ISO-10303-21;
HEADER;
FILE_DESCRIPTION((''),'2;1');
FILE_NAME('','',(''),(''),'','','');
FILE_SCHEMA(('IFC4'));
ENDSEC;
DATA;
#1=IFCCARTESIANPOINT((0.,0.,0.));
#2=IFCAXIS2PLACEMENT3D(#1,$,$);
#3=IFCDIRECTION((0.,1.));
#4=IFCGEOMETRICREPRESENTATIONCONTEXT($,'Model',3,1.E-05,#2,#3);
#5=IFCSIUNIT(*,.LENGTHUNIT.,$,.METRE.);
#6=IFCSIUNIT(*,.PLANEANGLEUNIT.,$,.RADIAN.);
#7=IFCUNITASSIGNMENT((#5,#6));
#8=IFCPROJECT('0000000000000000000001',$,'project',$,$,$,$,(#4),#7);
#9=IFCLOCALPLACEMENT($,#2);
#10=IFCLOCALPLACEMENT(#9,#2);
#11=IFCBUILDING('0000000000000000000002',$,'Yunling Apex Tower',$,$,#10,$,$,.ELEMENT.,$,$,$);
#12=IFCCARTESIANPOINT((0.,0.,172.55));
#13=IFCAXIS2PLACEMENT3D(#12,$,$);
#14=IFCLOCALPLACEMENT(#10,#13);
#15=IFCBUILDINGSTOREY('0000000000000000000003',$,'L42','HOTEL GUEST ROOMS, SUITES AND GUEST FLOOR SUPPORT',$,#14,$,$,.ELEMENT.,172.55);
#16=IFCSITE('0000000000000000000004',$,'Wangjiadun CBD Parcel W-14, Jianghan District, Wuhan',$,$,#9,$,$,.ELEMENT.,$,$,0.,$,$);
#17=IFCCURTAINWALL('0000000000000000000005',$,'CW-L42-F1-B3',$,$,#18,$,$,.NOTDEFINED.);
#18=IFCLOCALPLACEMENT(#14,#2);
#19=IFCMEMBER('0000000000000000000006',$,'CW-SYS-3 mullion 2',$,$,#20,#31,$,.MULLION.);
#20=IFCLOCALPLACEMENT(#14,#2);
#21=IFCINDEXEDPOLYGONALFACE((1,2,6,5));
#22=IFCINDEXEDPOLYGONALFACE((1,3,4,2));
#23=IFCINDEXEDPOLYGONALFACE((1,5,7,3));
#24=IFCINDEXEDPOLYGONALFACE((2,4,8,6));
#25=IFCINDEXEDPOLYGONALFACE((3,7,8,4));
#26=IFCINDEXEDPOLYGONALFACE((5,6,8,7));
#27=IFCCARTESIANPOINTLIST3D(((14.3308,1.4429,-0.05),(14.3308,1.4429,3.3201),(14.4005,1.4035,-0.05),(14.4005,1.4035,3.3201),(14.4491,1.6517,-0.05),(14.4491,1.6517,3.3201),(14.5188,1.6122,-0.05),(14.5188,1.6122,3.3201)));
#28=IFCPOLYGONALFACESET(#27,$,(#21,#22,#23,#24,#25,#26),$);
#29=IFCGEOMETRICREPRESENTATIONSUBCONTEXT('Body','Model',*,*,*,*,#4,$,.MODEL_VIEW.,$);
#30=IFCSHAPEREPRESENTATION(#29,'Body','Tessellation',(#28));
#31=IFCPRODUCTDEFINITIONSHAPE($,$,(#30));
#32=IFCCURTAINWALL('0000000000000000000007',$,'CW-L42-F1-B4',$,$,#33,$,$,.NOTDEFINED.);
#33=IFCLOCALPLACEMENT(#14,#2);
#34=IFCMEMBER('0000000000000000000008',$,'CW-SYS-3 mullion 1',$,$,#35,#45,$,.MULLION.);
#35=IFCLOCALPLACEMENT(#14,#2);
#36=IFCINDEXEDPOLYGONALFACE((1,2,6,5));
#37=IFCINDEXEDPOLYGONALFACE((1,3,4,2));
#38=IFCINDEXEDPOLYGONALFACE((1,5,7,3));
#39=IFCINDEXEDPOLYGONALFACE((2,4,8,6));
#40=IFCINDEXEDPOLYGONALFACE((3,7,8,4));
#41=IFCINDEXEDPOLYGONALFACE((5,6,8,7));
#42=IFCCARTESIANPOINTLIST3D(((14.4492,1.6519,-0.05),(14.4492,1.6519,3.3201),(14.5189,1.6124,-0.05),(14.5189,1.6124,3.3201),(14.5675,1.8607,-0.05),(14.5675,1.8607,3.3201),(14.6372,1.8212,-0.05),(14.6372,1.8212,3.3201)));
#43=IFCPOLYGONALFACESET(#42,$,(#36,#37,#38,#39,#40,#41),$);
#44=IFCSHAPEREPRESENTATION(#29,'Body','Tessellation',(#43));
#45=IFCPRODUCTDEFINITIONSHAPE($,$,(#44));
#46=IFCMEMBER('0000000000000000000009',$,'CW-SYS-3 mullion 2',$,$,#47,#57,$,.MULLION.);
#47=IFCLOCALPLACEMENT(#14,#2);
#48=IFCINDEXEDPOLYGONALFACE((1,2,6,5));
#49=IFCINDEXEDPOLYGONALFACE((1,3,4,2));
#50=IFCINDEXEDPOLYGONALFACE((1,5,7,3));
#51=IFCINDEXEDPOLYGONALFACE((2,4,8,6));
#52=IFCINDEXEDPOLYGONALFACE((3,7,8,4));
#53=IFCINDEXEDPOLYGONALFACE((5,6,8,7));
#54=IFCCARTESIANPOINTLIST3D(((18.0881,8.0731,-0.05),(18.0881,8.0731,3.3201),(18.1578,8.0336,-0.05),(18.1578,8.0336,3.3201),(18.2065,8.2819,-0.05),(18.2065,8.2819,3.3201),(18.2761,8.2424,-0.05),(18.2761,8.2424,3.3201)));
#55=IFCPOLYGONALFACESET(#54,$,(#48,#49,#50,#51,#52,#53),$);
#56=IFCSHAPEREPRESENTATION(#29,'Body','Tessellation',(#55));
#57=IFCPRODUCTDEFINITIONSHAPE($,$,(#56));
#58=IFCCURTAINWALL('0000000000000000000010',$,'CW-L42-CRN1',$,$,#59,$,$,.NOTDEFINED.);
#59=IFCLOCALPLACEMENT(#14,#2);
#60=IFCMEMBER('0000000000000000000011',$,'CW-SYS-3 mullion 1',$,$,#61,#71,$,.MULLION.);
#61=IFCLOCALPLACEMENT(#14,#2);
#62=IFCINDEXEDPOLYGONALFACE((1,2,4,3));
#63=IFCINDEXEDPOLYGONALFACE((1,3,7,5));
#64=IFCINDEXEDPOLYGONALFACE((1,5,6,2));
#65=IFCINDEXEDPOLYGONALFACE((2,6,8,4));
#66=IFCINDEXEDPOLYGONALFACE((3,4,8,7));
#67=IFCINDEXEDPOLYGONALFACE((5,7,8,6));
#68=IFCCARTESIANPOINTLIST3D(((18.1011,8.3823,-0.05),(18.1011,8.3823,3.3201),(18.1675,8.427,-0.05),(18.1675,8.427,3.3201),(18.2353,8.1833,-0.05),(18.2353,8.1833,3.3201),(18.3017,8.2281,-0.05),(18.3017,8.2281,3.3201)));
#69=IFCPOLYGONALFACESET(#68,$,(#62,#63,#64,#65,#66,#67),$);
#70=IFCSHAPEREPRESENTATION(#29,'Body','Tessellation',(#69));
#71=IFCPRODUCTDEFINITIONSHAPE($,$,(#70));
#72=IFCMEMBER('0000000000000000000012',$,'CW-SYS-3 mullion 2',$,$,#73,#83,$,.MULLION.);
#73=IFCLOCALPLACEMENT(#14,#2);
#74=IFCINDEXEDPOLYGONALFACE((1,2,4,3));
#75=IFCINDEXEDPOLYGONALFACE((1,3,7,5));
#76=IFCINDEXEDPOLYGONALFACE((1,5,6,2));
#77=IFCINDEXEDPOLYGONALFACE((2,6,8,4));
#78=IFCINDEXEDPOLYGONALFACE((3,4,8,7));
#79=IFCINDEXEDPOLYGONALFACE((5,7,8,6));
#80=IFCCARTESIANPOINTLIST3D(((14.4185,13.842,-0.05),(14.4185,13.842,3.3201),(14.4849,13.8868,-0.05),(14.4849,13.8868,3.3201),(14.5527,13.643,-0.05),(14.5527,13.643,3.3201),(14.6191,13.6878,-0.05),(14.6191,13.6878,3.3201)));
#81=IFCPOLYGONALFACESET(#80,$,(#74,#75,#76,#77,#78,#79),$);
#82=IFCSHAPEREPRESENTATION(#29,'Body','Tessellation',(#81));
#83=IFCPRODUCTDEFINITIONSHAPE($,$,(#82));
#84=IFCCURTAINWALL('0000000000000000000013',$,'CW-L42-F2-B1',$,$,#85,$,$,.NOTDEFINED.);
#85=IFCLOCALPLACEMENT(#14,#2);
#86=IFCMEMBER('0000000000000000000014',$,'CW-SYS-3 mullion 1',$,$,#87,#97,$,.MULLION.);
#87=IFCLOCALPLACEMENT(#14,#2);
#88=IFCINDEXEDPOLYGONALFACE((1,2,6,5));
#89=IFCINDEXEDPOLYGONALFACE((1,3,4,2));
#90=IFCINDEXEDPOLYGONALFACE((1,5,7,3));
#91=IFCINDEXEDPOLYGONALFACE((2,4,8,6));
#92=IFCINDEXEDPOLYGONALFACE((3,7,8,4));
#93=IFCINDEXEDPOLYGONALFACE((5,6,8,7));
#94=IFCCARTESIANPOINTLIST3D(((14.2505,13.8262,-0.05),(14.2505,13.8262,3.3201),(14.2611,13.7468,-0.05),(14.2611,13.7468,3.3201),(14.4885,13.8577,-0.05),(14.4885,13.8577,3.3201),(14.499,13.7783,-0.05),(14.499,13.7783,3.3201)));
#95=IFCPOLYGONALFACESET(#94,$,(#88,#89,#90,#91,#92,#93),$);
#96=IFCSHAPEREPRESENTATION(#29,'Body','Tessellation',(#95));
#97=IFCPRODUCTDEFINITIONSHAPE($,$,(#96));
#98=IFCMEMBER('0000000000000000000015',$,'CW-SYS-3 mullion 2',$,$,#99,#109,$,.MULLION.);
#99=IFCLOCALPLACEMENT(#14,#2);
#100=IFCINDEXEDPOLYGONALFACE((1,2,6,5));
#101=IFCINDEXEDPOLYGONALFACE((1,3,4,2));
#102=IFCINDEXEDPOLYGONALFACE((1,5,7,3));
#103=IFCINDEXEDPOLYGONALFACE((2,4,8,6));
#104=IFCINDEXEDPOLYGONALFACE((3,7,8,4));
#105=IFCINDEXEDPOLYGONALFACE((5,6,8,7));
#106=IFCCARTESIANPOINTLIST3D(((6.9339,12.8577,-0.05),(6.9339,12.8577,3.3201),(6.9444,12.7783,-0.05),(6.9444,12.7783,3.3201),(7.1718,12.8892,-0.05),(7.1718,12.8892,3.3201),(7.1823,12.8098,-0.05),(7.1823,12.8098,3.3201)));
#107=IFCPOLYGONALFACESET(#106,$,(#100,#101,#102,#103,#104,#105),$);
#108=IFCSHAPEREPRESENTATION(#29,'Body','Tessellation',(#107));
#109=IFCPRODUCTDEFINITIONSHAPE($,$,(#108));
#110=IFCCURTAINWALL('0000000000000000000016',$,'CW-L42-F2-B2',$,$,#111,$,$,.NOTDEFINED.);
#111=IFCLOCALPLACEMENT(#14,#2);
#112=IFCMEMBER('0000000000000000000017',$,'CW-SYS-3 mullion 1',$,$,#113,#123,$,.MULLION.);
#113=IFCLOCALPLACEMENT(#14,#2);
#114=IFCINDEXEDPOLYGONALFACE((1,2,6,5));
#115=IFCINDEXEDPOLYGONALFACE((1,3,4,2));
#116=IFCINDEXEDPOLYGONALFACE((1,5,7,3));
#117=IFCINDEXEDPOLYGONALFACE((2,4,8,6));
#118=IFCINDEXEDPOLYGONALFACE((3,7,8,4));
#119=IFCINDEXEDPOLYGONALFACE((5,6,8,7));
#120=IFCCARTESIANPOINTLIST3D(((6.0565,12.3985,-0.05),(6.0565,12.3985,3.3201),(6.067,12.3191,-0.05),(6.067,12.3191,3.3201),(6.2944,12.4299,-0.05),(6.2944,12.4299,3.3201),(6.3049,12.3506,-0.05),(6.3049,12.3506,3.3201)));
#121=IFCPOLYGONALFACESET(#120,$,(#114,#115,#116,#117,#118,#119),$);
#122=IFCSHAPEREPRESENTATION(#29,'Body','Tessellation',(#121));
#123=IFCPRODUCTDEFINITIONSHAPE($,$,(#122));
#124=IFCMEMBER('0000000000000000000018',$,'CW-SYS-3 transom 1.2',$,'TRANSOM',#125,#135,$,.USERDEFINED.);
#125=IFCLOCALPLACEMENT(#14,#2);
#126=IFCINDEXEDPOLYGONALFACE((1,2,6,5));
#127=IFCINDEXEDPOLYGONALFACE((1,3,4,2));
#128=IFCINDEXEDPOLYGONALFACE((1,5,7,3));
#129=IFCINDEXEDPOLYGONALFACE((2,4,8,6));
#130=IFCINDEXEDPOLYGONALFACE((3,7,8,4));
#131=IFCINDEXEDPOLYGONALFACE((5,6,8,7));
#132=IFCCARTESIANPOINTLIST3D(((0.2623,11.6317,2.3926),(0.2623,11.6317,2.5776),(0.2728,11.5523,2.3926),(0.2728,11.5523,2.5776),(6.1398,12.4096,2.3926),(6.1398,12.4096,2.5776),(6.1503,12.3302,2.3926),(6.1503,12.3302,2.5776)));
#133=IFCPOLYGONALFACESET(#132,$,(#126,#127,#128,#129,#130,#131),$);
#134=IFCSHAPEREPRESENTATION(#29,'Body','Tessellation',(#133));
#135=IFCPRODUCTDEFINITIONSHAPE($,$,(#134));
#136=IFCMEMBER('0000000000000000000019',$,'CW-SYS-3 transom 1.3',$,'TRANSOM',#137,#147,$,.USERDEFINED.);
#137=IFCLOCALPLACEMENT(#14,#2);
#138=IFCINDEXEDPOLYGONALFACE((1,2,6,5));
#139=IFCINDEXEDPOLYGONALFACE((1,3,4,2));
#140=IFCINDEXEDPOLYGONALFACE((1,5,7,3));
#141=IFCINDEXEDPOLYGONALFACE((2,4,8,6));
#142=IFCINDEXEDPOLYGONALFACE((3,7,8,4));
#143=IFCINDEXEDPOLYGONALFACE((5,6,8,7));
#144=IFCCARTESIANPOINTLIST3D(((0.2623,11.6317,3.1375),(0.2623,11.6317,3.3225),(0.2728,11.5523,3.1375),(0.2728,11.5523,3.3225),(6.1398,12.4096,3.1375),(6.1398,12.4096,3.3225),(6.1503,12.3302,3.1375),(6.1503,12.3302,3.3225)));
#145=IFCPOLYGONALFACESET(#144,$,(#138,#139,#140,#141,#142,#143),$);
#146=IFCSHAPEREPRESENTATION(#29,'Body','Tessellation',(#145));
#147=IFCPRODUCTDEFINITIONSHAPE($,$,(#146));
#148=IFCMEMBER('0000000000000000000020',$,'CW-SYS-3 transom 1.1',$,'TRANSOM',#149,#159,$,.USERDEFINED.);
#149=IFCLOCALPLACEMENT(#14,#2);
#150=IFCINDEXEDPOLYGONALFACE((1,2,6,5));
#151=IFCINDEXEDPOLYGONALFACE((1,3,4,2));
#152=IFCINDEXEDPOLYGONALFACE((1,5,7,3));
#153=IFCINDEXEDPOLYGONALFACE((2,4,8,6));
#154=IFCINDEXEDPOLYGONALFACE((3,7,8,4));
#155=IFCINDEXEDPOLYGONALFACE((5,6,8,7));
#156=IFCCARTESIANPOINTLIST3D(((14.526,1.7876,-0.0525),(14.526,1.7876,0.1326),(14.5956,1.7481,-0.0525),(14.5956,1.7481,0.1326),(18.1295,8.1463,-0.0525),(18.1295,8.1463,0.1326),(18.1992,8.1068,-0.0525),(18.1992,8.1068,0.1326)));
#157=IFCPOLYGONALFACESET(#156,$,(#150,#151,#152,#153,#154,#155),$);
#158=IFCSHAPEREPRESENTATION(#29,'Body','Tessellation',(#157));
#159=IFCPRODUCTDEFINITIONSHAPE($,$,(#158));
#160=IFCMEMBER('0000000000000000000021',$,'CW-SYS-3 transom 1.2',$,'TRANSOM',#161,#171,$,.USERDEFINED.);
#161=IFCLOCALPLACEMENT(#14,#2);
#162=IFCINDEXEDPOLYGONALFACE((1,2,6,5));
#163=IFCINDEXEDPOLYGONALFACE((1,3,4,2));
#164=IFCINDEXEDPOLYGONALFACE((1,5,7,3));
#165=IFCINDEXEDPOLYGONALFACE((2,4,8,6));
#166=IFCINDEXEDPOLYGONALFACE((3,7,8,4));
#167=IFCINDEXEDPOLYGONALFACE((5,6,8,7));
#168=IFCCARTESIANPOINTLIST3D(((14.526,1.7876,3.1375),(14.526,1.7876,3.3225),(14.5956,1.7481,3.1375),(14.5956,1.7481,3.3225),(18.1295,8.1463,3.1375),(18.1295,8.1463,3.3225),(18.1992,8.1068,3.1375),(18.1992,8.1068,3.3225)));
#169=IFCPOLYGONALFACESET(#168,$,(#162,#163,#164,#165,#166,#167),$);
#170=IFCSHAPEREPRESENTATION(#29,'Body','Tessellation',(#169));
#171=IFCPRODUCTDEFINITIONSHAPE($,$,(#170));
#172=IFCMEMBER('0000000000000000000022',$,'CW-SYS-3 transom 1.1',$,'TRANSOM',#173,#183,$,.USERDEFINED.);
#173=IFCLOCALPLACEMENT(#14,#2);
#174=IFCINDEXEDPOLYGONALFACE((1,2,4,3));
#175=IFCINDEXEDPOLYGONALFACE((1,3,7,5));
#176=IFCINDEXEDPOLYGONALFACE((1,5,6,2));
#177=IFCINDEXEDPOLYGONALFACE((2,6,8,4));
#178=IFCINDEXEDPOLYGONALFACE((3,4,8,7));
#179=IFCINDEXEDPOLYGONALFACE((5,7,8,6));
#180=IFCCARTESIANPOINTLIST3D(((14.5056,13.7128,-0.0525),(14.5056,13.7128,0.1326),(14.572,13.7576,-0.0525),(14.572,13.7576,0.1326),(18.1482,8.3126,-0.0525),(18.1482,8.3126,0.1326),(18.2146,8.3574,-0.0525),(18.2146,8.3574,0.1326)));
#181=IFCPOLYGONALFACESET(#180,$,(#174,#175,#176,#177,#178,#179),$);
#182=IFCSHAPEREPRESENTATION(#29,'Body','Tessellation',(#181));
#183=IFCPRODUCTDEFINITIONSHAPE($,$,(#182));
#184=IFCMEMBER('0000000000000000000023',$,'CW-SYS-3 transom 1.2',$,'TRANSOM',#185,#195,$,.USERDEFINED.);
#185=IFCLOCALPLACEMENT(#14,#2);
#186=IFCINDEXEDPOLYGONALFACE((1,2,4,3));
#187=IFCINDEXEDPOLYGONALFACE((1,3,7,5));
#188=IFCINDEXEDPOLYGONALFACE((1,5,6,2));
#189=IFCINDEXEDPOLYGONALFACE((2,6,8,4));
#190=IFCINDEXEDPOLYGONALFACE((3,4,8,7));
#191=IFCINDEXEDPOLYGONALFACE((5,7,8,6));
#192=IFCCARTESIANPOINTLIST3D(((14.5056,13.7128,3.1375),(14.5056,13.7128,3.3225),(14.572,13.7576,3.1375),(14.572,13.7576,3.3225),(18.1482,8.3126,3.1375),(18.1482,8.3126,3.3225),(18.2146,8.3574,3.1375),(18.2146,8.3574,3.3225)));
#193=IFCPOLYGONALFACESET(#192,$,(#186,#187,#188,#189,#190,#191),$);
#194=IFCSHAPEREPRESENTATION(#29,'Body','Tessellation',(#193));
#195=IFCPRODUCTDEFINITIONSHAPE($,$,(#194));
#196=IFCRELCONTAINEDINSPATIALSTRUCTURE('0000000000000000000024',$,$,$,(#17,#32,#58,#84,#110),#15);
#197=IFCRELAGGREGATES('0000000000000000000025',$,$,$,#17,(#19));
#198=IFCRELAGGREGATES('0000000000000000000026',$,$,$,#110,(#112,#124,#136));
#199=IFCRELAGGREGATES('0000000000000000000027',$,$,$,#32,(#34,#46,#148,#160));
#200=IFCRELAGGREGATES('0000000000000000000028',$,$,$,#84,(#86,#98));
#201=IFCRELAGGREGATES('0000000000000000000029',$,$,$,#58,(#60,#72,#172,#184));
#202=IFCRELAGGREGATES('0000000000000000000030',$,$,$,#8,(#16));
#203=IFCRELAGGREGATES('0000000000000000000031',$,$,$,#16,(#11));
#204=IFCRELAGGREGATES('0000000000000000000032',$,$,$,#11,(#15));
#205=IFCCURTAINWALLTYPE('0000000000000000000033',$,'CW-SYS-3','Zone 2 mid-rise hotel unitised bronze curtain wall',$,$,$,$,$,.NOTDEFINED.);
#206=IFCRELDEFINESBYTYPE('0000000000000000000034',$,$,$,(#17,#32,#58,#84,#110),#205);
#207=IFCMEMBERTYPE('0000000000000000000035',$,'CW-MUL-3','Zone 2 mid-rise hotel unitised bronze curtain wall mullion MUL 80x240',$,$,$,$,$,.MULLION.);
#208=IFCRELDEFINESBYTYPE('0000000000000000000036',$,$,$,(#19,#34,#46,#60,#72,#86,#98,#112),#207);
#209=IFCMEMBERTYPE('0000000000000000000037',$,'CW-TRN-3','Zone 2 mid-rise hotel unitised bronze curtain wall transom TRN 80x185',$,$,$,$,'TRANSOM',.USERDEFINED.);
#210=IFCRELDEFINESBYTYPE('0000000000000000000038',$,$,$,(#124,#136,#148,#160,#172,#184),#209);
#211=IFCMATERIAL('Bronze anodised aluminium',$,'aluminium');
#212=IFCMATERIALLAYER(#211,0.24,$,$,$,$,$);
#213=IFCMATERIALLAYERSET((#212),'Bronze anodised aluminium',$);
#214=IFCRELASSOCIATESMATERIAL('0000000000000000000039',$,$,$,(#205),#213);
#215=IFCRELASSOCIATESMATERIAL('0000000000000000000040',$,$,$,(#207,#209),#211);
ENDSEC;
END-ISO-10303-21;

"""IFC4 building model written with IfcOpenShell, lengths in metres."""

from ifc_helpers import new_model, si_unit, direction, frame, origin, origin_2d, place, context, subcontext, project, spatial, rectangle, extrude, source, transform, mapped, material, layer, layer_set, material_profile, profile_set, type_object, element, aggregate, save


model = new_model("IFC4")

# Units and contexts
model_context = context("Model", 3, precision=1e-05, world=origin(), true_north=direction((0.0, 1.0)))
body_context = subcontext(model_context, "Body", "Model", "MODEL_VIEW")
ifc_project = project(units=[si_unit("LENGTHUNIT", "METRE"), si_unit("PLANEANGLEUNIT", "RADIAN")], contexts=[model_context])

# Site, building, storey
site_placement = place(None, origin())
site = spatial("IfcSite", under=ifc_project, at=site_placement, Name="Wangjiadun CBD Parcel W-14, Jianghan District, Wuhan", CompositionType="ELEMENT", RefElevation=0.0)
building_placement = place(site_placement, origin())
building = spatial("IfcBuilding", under=site, at=building_placement, Name="Yunling Apex Tower", CompositionType="ELEMENT")
storey_placement = place(building_placement, frame((0.0, 0.0, 172.55)))
storey = spatial("IfcBuildingStorey", under=building, at=storey_placement, Name="L42", Description="HOTEL GUEST ROOMS, SUITES AND GUEST FLOOR SUPPORT", CompositionType="ELEMENT", Elevation=172.55)

# Curtain wall, member
ifc_material_1 = material(Name="Bronze anodised aluminium", Category="aluminium")
ifc_layer_1 = layer(ifc_material_1, 0.24)
ifc_layer_set_1 = layer_set([ifc_layer_1], Name="Bronze anodised aluminium")
curtain_wall_type = type_object("IfcCurtainWallType", Name="CW-SYS-3", Description="Zone 2 mid-rise hotel unitised bronze curtain wall", PredefinedType="NOTDEFINED", material=ifc_layer_set_1)
curtain_wall_1_placement = place(storey_placement, origin())
curtain_wall_1 = element("IfcCurtainWall", 1, at=curtain_wall_1_placement, inside=storey, type_object=curtain_wall_type, Name="CW-L42-F1-B3", PredefinedType="NOTDEFINED")
ifc_material_profile_1 = material_profile(ifc_material_1, rectangle(XDim=0.0801, YDim=0.24, at=origin_2d()))
ifc_profile_set_1 = profile_set([ifc_material_profile_1], Name="Bronze anodised aluminium")
member_type_1 = type_object("IfcMemberType", Name="CW-MUL-3", Description="Zone 2 mid-rise hotel unitised bronze curtain wall mullion MUL 80x240", PredefinedType="MULLION", material=ifc_profile_set_1)
shared_shape_1 = source(origin(), body_context, "Body", "SweptSolid", [
    extrude(rectangle(XDim=0.0801, YDim=0.24, at=origin_2d()), origin(), (0.0, 0.0, 1.0), 3.3701),
])
member_1_placement = place(storey_placement, frame((14.4248, 1.5276, -0.05), z_axis=(0.0, 0.0, 1.0), x_axis=(-0.870009, 0.493035, 0.0)))
member_1 = element("IfcMember", 2, at=member_1_placement, type_object=member_type_1, Name="CW-SYS-3 mullion 2", PredefinedType="MULLION", context=body_context, shape_type="MappedRepresentation", body=[
    mapped(shared_shape_1, transform((0.0, 0.0, 0.0), scale=1.0)),
])
aggregate(curtain_wall_1, [member_1])

# Curtain walls, members
curtain_wall_2_placement = place(storey_placement, origin())
curtain_wall_2 = element("IfcCurtainWall", 3, at=curtain_wall_2_placement, inside=storey, type_object=curtain_wall_type, Name="CW-L42-F1-B4", PredefinedType="NOTDEFINED")
member_2_placement = place(storey_placement, frame((14.5432, 1.7366, -0.05), z_axis=(0.0, 0.0, 1.0), x_axis=(-0.870006, 0.493041, 0.0)))
member_2 = element("IfcMember", 4, at=member_2_placement, type_object=member_type_1, Name="CW-SYS-3 mullion 1", PredefinedType="MULLION", context=body_context, shape_type="MappedRepresentation", body=[
    mapped(shared_shape_1, transform((0.0, 0.0, 0.0), scale=1.0)),
])
member_3_placement = place(storey_placement, frame((18.1821, 8.1577, -0.05), z_axis=(0.0, 0.0, 1.0), x_axis=(-0.870006, 0.493041, 0.0)))
member_3 = element("IfcMember", 5, at=member_3_placement, type_object=member_type_1, Name="CW-SYS-3 mullion 2", PredefinedType="MULLION", context=body_context, shape_type="MappedRepresentation", body=[
    mapped(shared_shape_1, transform((0.0, 0.0, 0.0), scale=1.0)),
])
curtain_wall_3_placement = place(storey_placement, origin())
curtain_wall_3 = element("IfcCurtainWall", 6, at=curtain_wall_3_placement, inside=storey, type_object=curtain_wall_type, Name="CW-L42-CRN1", PredefinedType="NOTDEFINED")
member_4_placement = place(storey_placement, frame((18.2014, 8.3052, -0.05), z_axis=(0.0, 0.0, 1.0), x_axis=(-0.829038, -0.559193, 0.0)))
member_4 = element("IfcMember", 7, at=member_4_placement, type_object=member_type_1, Name="CW-SYS-3 mullion 1", PredefinedType="MULLION", context=body_context, shape_type="MappedRepresentation", body=[
    mapped(shared_shape_1, transform((0.0, 0.0, 0.0), scale=1.0)),
])
member_5_placement = place(storey_placement, frame((14.5188, 13.7649, -0.05), z_axis=(0.0, 0.0, 1.0), x_axis=(-0.829038, -0.559193, 0.0)))
member_5 = element("IfcMember", 8, at=member_5_placement, type_object=member_type_1, Name="CW-SYS-3 mullion 2", PredefinedType="MULLION", context=body_context, shape_type="MappedRepresentation", body=[
    mapped(shared_shape_1, transform((0.0, 0.0, 0.0), scale=1.0)),
])
curtain_wall_4_placement = place(storey_placement, origin())
curtain_wall_4 = element("IfcCurtainWall", 9, at=curtain_wall_4_placement, inside=storey, type_object=curtain_wall_type, Name="CW-L42-F2-B1", PredefinedType="NOTDEFINED")
member_6_placement = place(storey_placement, frame((14.3748, 13.8022, -0.05), z_axis=(0.0, 0.0, 1.0), x_axis=(0.131222, -0.991353, 0.0)))
member_6 = element("IfcMember", 10, at=member_6_placement, type_object=member_type_1, Name="CW-SYS-3 mullion 1", PredefinedType="MULLION", context=body_context, shape_type="MappedRepresentation", body=[
    mapped(shared_shape_1, transform((0.0, 0.0, 0.0), scale=1.0)),
])
member_7_placement = place(storey_placement, frame((7.0581, 12.8337, -0.05), z_axis=(0.0, 0.0, 1.0), x_axis=(0.131222, -0.991353, 0.0)))
member_7 = element("IfcMember", 11, at=member_7_placement, type_object=member_type_1, Name="CW-SYS-3 mullion 2", PredefinedType="MULLION", context=body_context, shape_type="MappedRepresentation", body=[
    mapped(shared_shape_1, transform((0.0, 0.0, 0.0), scale=1.0)),
])
curtain_wall_5_placement = place(storey_placement, origin())
curtain_wall_5 = element("IfcCurtainWall", 12, at=curtain_wall_5_placement, inside=storey, type_object=curtain_wall_type, Name="CW-L42-F2-B2", PredefinedType="NOTDEFINED")
member_8_placement = place(storey_placement, frame((6.1807, 12.3745, -0.05), z_axis=(0.0, 0.0, 1.0), x_axis=(0.131205, -0.991355, 0.0)))
member_8 = element("IfcMember", 13, at=member_8_placement, type_object=member_type_1, Name="CW-SYS-3 mullion 1", PredefinedType="MULLION", context=body_context, shape_type="MappedRepresentation", body=[
    mapped(shared_shape_1, transform((0.0, 0.0, 0.0), scale=1.0)),
])
ifc_material_profile_2 = material_profile(ifc_material_1, rectangle(XDim=0.0801, YDim=0.1851, at=origin_2d()))
ifc_profile_set_2 = profile_set([ifc_material_profile_2], Name="Bronze anodised aluminium")
member_type_2 = type_object("IfcMemberType", Name="CW-TRN-3", Description="Zone 2 mid-rise hotel unitised bronze curtain wall transom TRN 80x185", ElementType="TRANSOM", PredefinedType="USERDEFINED", material=ifc_profile_set_2)
shared_shape_2 = source(origin(), body_context, "Body", "SweptSolid", [
    extrude(rectangle(XDim=0.0801, YDim=0.1851, at=origin_2d()), origin(), (0.0, 0.0, 1.0), 5.9287),
])
member_9_placement = place(storey_placement, frame((6.145, 12.3699, 2.4851), z_axis=(-0.991356, -0.131198, 0.0), x_axis=(0.131198, -0.991356, 0.0)))
member_9 = element("IfcMember", 14, at=member_9_placement, type_object=member_type_2, Name="CW-SYS-3 transom 1.2", ObjectType="TRANSOM", PredefinedType="USERDEFINED", context=body_context, shape_type="MappedRepresentation", body=[
    mapped(shared_shape_2, transform((0.0, 0.0, 0.0), scale=1.0)),
])
member_10_placement = place(storey_placement, frame((6.145, 12.3699, 3.23), z_axis=(-0.991356, -0.131198, 0.0), x_axis=(0.131198, -0.991356, 0.0)))
member_10 = element("IfcMember", 15, at=member_10_placement, type_object=member_type_2, Name="CW-SYS-3 transom 1.3", ObjectType="TRANSOM", PredefinedType="USERDEFINED", context=body_context, shape_type="MappedRepresentation", body=[
    mapped(shared_shape_2, transform((0.0, 0.0, 0.0), scale=1.0)),
])
aggregate(curtain_wall_5, [member_8, member_9, member_10])

# Members
shared_shape_3 = source(origin(), body_context, "Body", "SweptSolid", [
    extrude(rectangle(XDim=0.0801, YDim=0.1851, at=origin_2d()), origin(), (0.0, 0.0, 1.0), 7.3088),
])
member_11_placement = place(storey_placement, frame((14.5608, 1.7678, 0.04), z_axis=(0.493042, 0.870005, 0.0), x_axis=(-0.870005, 0.493042, 0.0)))
member_11 = element("IfcMember", 16, at=member_11_placement, type_object=member_type_2, Name="CW-SYS-3 transom 1.1", ObjectType="TRANSOM", PredefinedType="USERDEFINED", context=body_context, shape_type="MappedRepresentation", body=[
    mapped(shared_shape_3, transform((0.0, 0.0, 0.0), scale=1.0)),
])
member_12_placement = place(storey_placement, frame((14.5608, 1.7678, 3.23), z_axis=(0.493042, 0.870005, 0.0), x_axis=(-0.870005, 0.493042, 0.0)))
member_12 = element("IfcMember", 17, at=member_12_placement, type_object=member_type_2, Name="CW-SYS-3 transom 1.2", ObjectType="TRANSOM", PredefinedType="USERDEFINED", context=body_context, shape_type="MappedRepresentation", body=[
    mapped(shared_shape_3, transform((0.0, 0.0, 0.0), scale=1.0)),
])
shared_shape_4 = source(origin(), body_context, "Body", "SweptSolid", [
    extrude(rectangle(XDim=0.0801, YDim=0.1851, at=origin_2d()), origin(), (0.0, 0.0, 1.0), 6.5139),
])
member_13_placement = place(storey_placement, frame((18.1814, 8.335, 0.04), z_axis=(-0.559207, 0.829028, 0.0), x_axis=(-0.829028, -0.559207, 0.0)))
member_13 = element("IfcMember", 18, at=member_13_placement, type_object=member_type_2, Name="CW-SYS-3 transom 1.1", ObjectType="TRANSOM", PredefinedType="USERDEFINED", context=body_context, shape_type="MappedRepresentation", body=[
    mapped(shared_shape_4, transform((0.0, 0.0, 0.0), scale=1.0)),
])
member_14_placement = place(storey_placement, frame((18.1814, 8.335, 3.23), z_axis=(-0.559207, 0.829028, 0.0), x_axis=(-0.829028, -0.559207, 0.0)))
member_14 = element("IfcMember", 19, at=member_14_placement, type_object=member_type_2, Name="CW-SYS-3 transom 1.2", ObjectType="TRANSOM", PredefinedType="USERDEFINED", context=body_context, shape_type="MappedRepresentation", body=[
    mapped(shared_shape_4, transform((0.0, 0.0, 0.0), scale=1.0)),
])

aggregate(curtain_wall_2, [member_2, member_3, member_11, member_12])
aggregate(curtain_wall_4, [member_6, member_7])
aggregate(curtain_wall_3, [member_4, member_5, member_13, member_14])

save(model, "model.ifc")
